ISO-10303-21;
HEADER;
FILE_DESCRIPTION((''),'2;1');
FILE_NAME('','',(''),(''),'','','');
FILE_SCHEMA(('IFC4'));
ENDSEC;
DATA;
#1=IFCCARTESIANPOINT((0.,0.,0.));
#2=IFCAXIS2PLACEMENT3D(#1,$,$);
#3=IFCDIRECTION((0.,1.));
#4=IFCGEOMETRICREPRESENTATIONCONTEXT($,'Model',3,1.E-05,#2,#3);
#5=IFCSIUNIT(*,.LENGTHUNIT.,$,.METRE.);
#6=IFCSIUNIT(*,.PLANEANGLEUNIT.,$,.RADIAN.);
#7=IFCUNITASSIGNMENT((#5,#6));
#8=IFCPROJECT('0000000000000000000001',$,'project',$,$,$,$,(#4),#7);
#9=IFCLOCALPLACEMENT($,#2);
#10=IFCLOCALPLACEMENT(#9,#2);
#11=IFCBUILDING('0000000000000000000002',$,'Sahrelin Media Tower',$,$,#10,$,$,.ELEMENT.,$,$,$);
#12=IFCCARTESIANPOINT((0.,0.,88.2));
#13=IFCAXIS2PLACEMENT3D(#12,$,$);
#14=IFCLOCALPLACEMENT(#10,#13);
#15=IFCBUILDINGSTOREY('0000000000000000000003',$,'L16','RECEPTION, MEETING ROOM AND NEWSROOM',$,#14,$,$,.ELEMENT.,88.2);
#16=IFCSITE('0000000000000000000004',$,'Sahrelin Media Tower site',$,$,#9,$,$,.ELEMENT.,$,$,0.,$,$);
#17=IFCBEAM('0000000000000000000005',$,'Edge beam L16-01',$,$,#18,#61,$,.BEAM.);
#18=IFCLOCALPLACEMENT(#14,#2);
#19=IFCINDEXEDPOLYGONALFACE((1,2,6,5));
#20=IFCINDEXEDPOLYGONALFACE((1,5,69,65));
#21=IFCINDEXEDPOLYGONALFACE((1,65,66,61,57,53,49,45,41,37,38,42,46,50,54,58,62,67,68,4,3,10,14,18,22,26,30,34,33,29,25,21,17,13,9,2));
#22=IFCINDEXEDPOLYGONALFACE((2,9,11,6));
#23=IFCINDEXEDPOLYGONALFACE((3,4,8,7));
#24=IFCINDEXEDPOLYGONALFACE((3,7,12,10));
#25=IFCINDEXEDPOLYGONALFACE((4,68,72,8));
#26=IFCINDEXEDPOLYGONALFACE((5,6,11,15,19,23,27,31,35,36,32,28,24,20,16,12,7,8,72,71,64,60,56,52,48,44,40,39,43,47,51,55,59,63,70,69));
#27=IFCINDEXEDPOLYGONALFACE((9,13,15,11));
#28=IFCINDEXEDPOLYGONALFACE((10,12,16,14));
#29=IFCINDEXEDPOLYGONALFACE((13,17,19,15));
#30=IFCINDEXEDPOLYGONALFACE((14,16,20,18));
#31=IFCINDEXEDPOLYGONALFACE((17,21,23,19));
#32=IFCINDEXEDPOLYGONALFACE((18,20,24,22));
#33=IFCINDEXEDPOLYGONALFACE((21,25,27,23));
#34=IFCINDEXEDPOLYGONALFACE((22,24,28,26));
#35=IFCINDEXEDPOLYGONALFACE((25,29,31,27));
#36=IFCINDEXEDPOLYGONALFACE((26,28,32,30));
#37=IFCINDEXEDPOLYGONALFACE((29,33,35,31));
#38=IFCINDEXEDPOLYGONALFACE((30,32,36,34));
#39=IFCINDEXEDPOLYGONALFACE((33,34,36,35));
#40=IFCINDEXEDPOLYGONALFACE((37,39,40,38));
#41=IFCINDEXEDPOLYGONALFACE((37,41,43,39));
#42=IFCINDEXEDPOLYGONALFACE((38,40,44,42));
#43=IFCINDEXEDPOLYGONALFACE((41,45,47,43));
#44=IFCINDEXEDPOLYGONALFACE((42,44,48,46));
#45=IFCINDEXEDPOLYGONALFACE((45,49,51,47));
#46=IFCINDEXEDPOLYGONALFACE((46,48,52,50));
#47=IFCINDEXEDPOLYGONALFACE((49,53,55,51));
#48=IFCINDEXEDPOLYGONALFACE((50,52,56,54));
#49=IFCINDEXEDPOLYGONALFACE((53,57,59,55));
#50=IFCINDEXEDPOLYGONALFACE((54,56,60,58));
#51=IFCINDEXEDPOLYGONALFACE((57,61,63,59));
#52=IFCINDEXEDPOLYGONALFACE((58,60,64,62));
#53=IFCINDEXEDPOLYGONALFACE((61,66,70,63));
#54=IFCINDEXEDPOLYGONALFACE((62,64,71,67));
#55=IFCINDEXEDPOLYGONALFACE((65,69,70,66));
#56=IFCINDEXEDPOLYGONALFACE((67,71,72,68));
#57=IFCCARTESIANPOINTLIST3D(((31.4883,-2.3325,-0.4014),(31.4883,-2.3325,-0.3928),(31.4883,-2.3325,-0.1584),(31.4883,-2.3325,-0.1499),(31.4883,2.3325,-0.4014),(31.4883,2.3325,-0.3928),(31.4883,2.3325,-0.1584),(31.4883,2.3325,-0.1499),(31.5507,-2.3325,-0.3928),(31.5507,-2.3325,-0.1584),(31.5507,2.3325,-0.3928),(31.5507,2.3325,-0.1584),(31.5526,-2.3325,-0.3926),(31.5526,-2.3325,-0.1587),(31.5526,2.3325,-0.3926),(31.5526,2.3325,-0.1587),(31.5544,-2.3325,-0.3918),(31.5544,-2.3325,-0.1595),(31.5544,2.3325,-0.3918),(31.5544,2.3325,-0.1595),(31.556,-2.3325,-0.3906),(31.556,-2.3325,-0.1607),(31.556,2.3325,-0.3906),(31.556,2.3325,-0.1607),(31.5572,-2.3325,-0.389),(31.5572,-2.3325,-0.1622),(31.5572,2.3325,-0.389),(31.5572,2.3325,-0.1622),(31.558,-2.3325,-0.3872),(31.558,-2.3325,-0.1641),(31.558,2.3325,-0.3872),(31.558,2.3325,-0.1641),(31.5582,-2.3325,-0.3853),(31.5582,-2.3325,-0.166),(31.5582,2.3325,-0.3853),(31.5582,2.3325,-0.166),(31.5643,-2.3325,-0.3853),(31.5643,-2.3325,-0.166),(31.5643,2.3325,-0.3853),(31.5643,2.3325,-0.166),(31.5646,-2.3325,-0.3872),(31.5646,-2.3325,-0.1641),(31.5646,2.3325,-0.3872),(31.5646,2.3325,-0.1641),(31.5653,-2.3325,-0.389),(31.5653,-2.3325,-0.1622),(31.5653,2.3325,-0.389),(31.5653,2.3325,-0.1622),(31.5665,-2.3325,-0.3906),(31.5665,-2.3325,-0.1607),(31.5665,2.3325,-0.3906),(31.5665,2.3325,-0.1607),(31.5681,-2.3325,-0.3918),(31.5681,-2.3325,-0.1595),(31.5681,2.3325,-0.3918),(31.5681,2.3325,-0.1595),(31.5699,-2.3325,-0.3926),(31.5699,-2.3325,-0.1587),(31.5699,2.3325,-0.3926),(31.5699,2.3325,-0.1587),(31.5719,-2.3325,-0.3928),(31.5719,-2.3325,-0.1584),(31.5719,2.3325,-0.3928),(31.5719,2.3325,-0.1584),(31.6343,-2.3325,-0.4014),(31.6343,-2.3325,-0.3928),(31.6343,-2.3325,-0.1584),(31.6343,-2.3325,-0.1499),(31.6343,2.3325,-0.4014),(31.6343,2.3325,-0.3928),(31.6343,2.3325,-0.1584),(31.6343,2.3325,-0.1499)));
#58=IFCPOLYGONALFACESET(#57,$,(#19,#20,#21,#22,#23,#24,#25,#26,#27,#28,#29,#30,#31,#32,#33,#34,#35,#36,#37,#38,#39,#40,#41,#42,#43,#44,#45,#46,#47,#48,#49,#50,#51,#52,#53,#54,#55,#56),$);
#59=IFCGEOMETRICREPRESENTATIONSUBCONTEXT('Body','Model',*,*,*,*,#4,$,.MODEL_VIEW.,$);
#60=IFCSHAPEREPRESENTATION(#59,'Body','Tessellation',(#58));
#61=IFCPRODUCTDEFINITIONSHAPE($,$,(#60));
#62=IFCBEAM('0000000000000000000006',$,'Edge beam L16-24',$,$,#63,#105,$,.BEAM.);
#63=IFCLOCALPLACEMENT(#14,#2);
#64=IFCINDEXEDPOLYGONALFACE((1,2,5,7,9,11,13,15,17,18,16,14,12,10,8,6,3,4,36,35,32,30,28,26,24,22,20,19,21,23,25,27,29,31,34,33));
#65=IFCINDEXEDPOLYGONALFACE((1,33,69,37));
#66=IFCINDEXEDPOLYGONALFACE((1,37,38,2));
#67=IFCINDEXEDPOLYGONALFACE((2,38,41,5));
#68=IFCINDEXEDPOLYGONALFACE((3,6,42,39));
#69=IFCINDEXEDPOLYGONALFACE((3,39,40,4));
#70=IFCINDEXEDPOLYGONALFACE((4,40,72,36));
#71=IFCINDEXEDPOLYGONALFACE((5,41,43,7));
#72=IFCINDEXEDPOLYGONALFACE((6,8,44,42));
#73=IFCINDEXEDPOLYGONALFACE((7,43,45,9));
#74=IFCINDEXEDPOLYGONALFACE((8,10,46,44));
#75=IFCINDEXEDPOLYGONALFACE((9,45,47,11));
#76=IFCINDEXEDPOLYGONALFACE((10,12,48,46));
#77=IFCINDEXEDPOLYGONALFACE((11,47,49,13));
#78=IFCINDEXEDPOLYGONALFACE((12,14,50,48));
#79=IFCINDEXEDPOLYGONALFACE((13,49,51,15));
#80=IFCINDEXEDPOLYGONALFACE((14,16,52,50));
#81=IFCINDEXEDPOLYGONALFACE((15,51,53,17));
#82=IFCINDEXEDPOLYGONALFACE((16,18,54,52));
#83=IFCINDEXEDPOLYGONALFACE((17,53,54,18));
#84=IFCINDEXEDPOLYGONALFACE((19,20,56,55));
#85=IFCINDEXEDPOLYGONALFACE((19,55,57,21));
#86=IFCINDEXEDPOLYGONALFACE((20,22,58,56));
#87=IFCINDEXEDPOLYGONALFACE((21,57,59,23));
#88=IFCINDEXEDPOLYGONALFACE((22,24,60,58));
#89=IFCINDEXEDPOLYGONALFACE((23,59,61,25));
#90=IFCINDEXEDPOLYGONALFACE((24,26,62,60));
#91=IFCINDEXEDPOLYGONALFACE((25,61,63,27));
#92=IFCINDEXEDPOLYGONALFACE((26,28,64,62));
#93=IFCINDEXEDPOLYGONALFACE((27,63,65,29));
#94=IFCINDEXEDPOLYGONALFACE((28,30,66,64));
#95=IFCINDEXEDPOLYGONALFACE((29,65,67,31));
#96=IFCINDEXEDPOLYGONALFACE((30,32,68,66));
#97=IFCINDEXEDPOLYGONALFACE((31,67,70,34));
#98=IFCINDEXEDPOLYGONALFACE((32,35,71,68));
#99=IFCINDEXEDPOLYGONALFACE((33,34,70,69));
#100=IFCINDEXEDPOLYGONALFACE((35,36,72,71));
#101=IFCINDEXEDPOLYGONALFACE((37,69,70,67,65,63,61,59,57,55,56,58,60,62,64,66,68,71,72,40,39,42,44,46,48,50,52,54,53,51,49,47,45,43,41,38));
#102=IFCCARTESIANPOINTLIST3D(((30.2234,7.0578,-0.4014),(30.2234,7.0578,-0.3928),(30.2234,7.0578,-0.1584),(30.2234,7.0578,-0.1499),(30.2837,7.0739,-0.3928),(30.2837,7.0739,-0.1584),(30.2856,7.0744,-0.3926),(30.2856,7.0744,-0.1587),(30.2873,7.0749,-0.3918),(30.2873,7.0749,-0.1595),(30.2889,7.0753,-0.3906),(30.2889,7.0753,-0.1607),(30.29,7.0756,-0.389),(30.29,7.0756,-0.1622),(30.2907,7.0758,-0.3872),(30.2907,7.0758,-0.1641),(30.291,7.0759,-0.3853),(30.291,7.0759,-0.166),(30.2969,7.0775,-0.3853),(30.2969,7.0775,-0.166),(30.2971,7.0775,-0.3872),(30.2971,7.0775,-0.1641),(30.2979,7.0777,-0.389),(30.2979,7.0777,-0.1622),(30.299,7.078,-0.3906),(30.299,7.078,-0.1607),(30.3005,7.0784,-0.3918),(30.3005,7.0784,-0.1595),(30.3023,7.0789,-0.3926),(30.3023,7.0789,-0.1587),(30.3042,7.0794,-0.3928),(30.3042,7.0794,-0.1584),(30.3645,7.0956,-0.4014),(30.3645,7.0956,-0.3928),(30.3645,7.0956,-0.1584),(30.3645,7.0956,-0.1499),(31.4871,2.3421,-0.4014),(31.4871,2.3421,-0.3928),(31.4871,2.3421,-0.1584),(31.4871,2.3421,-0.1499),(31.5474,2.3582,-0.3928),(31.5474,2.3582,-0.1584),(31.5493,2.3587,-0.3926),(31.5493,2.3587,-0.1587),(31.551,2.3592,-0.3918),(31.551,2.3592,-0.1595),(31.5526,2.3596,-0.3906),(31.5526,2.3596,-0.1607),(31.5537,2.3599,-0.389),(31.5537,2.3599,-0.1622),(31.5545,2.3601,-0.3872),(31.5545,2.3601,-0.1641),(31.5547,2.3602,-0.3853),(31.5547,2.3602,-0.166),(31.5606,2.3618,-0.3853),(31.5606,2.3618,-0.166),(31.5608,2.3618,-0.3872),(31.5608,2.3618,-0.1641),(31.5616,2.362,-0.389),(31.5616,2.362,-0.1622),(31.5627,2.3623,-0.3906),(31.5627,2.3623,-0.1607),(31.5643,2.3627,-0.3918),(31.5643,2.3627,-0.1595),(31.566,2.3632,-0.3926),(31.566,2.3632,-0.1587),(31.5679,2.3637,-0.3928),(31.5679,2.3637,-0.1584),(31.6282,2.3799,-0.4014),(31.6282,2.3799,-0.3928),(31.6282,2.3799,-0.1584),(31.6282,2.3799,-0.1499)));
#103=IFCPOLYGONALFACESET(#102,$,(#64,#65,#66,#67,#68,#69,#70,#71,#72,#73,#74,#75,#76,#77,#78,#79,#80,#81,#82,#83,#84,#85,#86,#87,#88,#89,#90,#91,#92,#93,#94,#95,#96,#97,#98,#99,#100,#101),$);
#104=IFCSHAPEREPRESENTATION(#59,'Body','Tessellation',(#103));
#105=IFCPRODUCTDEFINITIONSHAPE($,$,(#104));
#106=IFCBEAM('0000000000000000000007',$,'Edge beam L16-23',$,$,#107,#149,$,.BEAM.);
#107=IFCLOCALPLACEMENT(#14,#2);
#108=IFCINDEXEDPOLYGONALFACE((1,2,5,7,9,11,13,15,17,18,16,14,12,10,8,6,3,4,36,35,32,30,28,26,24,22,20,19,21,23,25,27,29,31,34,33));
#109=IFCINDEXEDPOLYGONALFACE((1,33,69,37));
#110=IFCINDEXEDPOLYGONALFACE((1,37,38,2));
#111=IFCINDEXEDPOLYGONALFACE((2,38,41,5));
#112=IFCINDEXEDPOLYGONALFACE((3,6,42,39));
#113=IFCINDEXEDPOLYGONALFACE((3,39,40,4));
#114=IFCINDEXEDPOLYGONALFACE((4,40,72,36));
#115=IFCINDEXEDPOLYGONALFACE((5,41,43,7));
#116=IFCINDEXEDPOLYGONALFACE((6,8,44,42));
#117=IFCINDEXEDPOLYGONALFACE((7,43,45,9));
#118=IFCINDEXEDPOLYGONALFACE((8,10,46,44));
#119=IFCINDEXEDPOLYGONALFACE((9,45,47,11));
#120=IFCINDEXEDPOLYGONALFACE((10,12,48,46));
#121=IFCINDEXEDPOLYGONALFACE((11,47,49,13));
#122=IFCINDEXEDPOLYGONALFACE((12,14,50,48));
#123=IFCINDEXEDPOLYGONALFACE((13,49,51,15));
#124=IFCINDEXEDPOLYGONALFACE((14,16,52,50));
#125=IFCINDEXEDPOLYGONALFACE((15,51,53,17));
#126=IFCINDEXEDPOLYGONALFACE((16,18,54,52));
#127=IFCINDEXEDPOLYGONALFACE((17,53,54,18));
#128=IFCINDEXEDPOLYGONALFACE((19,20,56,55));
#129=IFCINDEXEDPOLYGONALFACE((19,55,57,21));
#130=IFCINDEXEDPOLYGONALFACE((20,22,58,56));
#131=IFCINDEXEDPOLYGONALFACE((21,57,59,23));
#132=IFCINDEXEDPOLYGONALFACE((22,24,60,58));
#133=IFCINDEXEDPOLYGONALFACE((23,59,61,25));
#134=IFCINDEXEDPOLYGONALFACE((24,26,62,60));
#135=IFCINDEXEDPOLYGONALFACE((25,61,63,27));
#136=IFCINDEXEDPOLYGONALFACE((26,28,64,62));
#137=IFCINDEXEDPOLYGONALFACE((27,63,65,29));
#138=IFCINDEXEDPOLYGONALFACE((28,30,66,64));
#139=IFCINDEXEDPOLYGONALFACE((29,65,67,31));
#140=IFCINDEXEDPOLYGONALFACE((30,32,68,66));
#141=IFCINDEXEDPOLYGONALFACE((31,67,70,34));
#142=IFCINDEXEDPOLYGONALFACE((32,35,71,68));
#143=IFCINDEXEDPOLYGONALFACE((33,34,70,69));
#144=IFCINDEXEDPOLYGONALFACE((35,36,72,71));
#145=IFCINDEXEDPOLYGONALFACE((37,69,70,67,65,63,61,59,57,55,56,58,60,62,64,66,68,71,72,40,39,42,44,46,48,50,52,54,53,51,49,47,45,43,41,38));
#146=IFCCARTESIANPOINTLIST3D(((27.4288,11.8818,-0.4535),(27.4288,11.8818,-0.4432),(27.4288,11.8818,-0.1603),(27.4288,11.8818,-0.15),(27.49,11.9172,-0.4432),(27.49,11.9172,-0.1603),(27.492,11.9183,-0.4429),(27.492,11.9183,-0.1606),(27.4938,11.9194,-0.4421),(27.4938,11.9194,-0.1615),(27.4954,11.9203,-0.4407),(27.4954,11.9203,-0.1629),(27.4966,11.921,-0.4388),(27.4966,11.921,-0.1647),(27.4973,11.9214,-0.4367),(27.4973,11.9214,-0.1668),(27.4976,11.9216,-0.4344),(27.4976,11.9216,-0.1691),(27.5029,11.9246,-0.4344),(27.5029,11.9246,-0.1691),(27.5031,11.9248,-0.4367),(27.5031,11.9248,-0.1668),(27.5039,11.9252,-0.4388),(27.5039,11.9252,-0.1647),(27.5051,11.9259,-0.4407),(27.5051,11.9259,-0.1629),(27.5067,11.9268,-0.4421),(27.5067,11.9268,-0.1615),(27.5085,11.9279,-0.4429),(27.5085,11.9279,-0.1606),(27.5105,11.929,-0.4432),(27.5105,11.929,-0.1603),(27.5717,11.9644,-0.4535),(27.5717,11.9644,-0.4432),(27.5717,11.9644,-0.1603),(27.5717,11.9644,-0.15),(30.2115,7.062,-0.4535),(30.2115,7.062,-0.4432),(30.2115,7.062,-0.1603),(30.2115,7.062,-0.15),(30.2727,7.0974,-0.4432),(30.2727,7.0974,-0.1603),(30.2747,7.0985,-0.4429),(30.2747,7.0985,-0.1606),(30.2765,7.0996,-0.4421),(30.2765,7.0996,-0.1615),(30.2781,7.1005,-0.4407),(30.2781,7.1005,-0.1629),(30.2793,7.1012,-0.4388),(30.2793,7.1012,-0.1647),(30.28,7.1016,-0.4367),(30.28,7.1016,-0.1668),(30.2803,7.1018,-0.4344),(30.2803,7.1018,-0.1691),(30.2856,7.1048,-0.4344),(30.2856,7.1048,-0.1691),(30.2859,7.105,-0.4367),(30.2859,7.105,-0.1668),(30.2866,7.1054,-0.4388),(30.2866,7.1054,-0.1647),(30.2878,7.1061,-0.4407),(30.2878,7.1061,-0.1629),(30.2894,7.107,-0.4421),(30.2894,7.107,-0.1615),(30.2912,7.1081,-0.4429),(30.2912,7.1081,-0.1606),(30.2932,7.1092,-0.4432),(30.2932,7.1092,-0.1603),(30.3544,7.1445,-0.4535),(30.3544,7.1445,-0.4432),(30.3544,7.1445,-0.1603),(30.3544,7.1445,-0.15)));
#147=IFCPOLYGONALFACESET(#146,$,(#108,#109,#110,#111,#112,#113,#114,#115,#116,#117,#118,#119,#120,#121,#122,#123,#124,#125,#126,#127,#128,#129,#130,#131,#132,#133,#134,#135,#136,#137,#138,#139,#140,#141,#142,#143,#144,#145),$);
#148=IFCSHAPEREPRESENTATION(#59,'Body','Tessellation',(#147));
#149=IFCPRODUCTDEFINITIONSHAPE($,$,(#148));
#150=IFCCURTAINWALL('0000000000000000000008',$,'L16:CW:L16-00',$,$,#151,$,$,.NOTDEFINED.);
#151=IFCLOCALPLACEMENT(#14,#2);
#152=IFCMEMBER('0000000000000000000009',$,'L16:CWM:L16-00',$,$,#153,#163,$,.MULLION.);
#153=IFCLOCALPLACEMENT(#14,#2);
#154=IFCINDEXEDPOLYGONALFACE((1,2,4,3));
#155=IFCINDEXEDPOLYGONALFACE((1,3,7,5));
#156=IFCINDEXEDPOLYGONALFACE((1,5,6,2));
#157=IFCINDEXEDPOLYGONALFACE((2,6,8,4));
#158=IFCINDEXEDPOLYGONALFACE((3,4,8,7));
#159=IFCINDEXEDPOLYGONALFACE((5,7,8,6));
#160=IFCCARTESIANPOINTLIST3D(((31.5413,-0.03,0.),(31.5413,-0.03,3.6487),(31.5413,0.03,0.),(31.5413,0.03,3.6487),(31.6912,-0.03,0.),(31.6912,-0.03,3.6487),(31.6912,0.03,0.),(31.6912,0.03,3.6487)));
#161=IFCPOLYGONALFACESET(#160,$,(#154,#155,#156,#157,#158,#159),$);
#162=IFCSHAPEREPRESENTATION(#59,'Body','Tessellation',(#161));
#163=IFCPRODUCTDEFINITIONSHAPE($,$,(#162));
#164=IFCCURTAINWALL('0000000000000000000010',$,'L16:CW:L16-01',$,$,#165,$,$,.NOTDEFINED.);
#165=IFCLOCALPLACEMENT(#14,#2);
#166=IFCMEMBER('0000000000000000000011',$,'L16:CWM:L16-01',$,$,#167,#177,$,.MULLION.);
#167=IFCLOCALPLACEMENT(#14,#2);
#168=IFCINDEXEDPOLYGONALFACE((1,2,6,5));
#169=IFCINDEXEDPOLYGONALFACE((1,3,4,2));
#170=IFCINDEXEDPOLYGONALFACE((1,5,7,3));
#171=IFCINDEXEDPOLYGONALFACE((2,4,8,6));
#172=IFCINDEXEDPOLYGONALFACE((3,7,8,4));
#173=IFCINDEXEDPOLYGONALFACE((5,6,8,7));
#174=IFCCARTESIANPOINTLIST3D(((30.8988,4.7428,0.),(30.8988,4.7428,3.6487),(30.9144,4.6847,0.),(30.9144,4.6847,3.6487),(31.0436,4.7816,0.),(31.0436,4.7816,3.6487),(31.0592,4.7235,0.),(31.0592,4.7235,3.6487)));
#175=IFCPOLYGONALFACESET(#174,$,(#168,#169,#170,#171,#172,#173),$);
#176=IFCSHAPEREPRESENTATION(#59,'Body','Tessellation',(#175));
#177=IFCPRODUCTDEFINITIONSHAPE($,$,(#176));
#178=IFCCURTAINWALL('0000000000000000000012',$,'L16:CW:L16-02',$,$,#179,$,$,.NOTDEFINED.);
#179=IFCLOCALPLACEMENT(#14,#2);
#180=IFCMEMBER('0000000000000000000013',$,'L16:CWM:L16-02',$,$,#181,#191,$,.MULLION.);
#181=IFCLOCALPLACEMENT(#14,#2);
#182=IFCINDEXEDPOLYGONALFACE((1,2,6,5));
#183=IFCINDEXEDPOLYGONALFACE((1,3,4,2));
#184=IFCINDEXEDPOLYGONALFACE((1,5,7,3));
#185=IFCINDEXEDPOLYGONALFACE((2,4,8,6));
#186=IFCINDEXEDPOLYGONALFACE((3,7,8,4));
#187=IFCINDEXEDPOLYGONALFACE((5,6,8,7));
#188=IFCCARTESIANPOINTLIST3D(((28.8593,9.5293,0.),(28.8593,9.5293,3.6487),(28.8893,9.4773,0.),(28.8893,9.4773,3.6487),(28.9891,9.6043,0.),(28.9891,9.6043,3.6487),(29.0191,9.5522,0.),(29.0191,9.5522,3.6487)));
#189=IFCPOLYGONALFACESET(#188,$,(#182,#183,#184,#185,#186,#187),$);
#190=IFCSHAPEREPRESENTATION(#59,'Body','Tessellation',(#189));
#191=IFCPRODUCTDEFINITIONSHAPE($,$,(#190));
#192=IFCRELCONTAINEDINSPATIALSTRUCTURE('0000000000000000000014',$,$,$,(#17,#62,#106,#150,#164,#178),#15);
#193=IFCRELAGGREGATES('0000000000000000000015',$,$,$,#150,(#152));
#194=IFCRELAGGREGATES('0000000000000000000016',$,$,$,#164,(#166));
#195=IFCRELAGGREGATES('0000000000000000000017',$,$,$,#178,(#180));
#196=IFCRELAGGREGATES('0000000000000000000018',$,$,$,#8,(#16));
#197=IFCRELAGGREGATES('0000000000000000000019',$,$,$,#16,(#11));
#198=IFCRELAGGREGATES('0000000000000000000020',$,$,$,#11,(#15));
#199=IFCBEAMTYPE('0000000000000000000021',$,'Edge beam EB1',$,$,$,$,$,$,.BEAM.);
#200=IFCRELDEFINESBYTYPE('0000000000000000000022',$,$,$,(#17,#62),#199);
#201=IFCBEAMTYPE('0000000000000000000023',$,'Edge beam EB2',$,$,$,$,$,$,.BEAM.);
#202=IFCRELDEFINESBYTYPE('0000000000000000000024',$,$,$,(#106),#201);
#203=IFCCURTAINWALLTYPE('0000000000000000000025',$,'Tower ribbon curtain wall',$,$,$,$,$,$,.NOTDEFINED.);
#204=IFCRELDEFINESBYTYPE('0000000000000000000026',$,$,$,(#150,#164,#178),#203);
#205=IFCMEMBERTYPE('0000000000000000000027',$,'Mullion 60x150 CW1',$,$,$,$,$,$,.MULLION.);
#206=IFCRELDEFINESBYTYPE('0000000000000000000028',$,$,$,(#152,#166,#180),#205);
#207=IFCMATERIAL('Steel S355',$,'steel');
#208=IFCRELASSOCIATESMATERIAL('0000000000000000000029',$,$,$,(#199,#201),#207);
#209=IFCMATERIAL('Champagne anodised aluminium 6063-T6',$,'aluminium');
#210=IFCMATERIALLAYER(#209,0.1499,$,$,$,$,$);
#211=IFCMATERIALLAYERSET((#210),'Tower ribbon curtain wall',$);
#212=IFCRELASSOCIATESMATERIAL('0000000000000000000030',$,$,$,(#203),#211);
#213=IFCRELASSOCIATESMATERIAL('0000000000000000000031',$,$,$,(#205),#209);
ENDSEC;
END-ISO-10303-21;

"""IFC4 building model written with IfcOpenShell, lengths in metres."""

from ifc_helpers import new_model, si_unit, direction, frame, origin, origin_2d, place, context, subcontext, project, spatial, rectangle, i_section, extrude, material, layer, layer_set, material_profile, profile_set, type_object, element, aggregate, save


model = new_model("IFC4")

# Units and contexts
model_context = context("Model", 3, precision=1e-05, world=origin(), true_north=direction((0.0, 1.0)))
body_context = subcontext(model_context, "Body", "Model", "MODEL_VIEW")
ifc_project = project(units=[si_unit("LENGTHUNIT", "METRE"), si_unit("PLANEANGLEUNIT", "RADIAN")], contexts=[model_context])

# Site, building, storey
site_placement = place(None, origin())
site = spatial("IfcSite", under=ifc_project, at=site_placement, Name="Sahrelin Media Tower site", CompositionType="ELEMENT", RefElevation=0.0)
building_placement = place(site_placement, origin())
building = spatial("IfcBuilding", under=site, at=building_placement, Name="Sahrelin Media Tower", CompositionType="ELEMENT")
storey_placement = place(building_placement, frame((0.0, 0.0, 88.2)))
storey = spatial("IfcBuildingStorey", under=building, at=storey_placement, Name="L16", Description="RECEPTION, MEETING ROOM AND NEWSROOM", CompositionType="ELEMENT", Elevation=88.2)

# Beams
ifc_material_1 = material(Name="Steel S355", Category="steel")
ifc_material_profile_1 = material_profile(ifc_material_1, i_section(OverallWidth=0.146, OverallDepth=0.2515, WebThickness=0.0061, FlangeThickness=0.0085, FilletRadius=0.0076, at=origin_2d()), Name="UB 254x146x31")
ifc_profile_set_1 = profile_set([ifc_material_profile_1], Name="Steel S355")
beam_type_1 = type_object("IfcBeamType", Name="Edge beam EB1", PredefinedType="BEAM", material=ifc_profile_set_1)
beam_1_placement = place(storey_placement, frame((31.5613, 2.3325, -0.2756), z_axis=(0.0, -1.0, 0.0), x_axis=(1.0, 0.0, 0.0)))
element("IfcBeam", 1, at=beam_1_placement, inside=storey, type_object=beam_type_1, Name="Edge beam L16-01", PredefinedType="BEAM", context=body_context, shape_type="SweptSolid", body=[
    extrude(i_section(OverallWidth=0.146, OverallDepth=0.2515, WebThickness=0.0061, FlangeThickness=0.0085, FilletRadius=0.0076, at=origin_2d()), origin(), (0.0, 0.0, 1.0), 4.665),
])
beam_2_placement = place(storey_placement, frame((30.2939, 7.0767, -0.2756), z_axis=(0.258845, -0.965919, 0.0), x_axis=(0.965919, 0.258845, 0.0)))
element("IfcBeam", 2, at=beam_2_placement, inside=storey, type_object=beam_type_1, Name="Edge beam L16-24", PredefinedType="BEAM", context=body_context, shape_type="SweptSolid", body=[
    extrude(i_section(OverallWidth=0.146, OverallDepth=0.2515, WebThickness=0.0061, FlangeThickness=0.0085, FilletRadius=0.0076, at=origin_2d()), origin(), (0.0, 0.0, 1.0), 4.8821),
])
ifc_material_profile_2 = material_profile(ifc_material_1, i_section(OverallWidth=0.165, OverallDepth=0.3035, WebThickness=0.0061, FlangeThickness=0.0103, FilletRadius=0.0088, at=origin_2d()), Name="UB 305x165x40")
ifc_profile_set_2 = profile_set([ifc_material_profile_2], Name="Steel S355")
beam_type_2 = type_object("IfcBeamType", Name="Edge beam EB2", PredefinedType="BEAM", material=ifc_profile_set_2)
beam_3_placement = place(storey_placement, frame((27.5002, 11.9231, -0.3018), z_axis=(0.499998, -0.866026, 0.0), x_axis=(0.866026, 0.499998, 0.0)))
element("IfcBeam", 3, at=beam_3_placement, inside=storey, type_object=beam_type_2, Name="Edge beam L16-23", PredefinedType="BEAM", context=body_context, shape_type="SweptSolid", body=[
    extrude(i_section(OverallWidth=0.165, OverallDepth=0.3035, WebThickness=0.0061, FlangeThickness=0.0103, FilletRadius=0.0088, at=origin_2d()), origin(), (0.0, 0.0, 1.0), 5.5654),
])

# Curtain walls, members
ifc_material_2 = material(Name="Champagne anodised aluminium 6063-T6", Category="aluminium")
ifc_layer_1 = layer(ifc_material_2, 0.1499)
ifc_layer_set_1 = layer_set([ifc_layer_1], Name="Tower ribbon curtain wall")
curtain_wall_type = type_object("IfcCurtainWallType", Name="Tower ribbon curtain wall", PredefinedType="NOTDEFINED", material=ifc_layer_set_1)
curtain_wall_1_placement = place(storey_placement, frame((31.7112, 0.0, 0.0), z_axis=(0.0, 0.0, 1.0), x_axis=(1.0, 0.0, 0.0)))
curtain_wall_1 = element("IfcCurtainWall", 4, at=curtain_wall_1_placement, inside=storey, type_object=curtain_wall_type, Name="L16:CW:L16-00", PredefinedType="NOTDEFINED")
ifc_material_profile_3 = material_profile(ifc_material_2, rectangle(XDim=0.0601, YDim=0.1499, at=origin_2d()), Name="Mullion 60x150")
ifc_profile_set_3 = profile_set([ifc_material_profile_3], Name="Champagne anodised aluminium 6063-T6")
member_type_1 = type_object("IfcMemberType", Name="Mullion 60x150 CW1", PredefinedType="MULLION", material=ifc_profile_set_3)
member_1_placement = place(storey_placement, frame((31.6162, 0.0, 0.0), z_axis=(0.0, 0.0, 1.0), x_axis=(0.0, 1.0, 0.0)))
member_1 = element("IfcMember", 5, at=member_1_placement, type_object=member_type_1, Name="L16:CWM:L16-00", PredefinedType="MULLION", context=body_context, shape_type="SweptSolid", body=[
    extrude(rectangle(XDim=0.0601, YDim=0.1499, at=origin_2d()), origin(), (0.0, 0.0, 1.0), 3.6487),
])
aggregate(curtain_wall_1, [member_1])
curtain_wall_2_placement = place(storey_placement, frame((31.0708, 4.7576, 0.0), z_axis=(0.0, 0.0, 1.0), x_axis=(1.0, 0.0, 0.0)))
curtain_wall_2 = element("IfcCurtainWall", 6, at=curtain_wall_2_placement, inside=storey, type_object=curtain_wall_type, Name="L16:CW:L16-01", PredefinedType="NOTDEFINED")
member_2_placement = place(storey_placement, frame((30.979, 4.7332, 0.0), z_axis=(0.0, 0.0, 1.0), x_axis=(-0.258817, 0.965926, 0.0)))
member_2 = element("IfcMember", 7, at=member_2_placement, type_object=member_type_1, Name="L16:CWM:L16-01", PredefinedType="MULLION", context=body_context, shape_type="SweptSolid", body=[
    extrude(rectangle(XDim=0.0601, YDim=0.1499, at=origin_2d()), origin(), (0.0, 0.0, 1.0), 3.6487),
])
curtain_wall_3_placement = place(storey_placement, frame((29.0215, 9.5884, 0.0), z_axis=(0.0, 0.0, 1.0), x_axis=(1.0, 0.0, 0.0)))
curtain_wall_3 = element("IfcCurtainWall", 8, at=curtain_wall_3_placement, inside=storey, type_object=curtain_wall_type, Name="L16:CW:L16-02", PredefinedType="NOTDEFINED")
member_3_placement = place(storey_placement, frame((28.9392, 9.5408, 0.0), z_axis=(0.0, 0.0, 1.0), x_axis=(-0.499991, 0.866031, 0.0)))
member_3 = element("IfcMember", 9, at=member_3_placement, type_object=member_type_1, Name="L16:CWM:L16-02", PredefinedType="MULLION", context=body_context, shape_type="SweptSolid", body=[
    extrude(rectangle(XDim=0.0601, YDim=0.1499, at=origin_2d()), origin(), (0.0, 0.0, 1.0), 3.6487),
])

aggregate(curtain_wall_2, [member_2])
aggregate(curtain_wall_3, [member_3])

save(model, "model.ifc")
